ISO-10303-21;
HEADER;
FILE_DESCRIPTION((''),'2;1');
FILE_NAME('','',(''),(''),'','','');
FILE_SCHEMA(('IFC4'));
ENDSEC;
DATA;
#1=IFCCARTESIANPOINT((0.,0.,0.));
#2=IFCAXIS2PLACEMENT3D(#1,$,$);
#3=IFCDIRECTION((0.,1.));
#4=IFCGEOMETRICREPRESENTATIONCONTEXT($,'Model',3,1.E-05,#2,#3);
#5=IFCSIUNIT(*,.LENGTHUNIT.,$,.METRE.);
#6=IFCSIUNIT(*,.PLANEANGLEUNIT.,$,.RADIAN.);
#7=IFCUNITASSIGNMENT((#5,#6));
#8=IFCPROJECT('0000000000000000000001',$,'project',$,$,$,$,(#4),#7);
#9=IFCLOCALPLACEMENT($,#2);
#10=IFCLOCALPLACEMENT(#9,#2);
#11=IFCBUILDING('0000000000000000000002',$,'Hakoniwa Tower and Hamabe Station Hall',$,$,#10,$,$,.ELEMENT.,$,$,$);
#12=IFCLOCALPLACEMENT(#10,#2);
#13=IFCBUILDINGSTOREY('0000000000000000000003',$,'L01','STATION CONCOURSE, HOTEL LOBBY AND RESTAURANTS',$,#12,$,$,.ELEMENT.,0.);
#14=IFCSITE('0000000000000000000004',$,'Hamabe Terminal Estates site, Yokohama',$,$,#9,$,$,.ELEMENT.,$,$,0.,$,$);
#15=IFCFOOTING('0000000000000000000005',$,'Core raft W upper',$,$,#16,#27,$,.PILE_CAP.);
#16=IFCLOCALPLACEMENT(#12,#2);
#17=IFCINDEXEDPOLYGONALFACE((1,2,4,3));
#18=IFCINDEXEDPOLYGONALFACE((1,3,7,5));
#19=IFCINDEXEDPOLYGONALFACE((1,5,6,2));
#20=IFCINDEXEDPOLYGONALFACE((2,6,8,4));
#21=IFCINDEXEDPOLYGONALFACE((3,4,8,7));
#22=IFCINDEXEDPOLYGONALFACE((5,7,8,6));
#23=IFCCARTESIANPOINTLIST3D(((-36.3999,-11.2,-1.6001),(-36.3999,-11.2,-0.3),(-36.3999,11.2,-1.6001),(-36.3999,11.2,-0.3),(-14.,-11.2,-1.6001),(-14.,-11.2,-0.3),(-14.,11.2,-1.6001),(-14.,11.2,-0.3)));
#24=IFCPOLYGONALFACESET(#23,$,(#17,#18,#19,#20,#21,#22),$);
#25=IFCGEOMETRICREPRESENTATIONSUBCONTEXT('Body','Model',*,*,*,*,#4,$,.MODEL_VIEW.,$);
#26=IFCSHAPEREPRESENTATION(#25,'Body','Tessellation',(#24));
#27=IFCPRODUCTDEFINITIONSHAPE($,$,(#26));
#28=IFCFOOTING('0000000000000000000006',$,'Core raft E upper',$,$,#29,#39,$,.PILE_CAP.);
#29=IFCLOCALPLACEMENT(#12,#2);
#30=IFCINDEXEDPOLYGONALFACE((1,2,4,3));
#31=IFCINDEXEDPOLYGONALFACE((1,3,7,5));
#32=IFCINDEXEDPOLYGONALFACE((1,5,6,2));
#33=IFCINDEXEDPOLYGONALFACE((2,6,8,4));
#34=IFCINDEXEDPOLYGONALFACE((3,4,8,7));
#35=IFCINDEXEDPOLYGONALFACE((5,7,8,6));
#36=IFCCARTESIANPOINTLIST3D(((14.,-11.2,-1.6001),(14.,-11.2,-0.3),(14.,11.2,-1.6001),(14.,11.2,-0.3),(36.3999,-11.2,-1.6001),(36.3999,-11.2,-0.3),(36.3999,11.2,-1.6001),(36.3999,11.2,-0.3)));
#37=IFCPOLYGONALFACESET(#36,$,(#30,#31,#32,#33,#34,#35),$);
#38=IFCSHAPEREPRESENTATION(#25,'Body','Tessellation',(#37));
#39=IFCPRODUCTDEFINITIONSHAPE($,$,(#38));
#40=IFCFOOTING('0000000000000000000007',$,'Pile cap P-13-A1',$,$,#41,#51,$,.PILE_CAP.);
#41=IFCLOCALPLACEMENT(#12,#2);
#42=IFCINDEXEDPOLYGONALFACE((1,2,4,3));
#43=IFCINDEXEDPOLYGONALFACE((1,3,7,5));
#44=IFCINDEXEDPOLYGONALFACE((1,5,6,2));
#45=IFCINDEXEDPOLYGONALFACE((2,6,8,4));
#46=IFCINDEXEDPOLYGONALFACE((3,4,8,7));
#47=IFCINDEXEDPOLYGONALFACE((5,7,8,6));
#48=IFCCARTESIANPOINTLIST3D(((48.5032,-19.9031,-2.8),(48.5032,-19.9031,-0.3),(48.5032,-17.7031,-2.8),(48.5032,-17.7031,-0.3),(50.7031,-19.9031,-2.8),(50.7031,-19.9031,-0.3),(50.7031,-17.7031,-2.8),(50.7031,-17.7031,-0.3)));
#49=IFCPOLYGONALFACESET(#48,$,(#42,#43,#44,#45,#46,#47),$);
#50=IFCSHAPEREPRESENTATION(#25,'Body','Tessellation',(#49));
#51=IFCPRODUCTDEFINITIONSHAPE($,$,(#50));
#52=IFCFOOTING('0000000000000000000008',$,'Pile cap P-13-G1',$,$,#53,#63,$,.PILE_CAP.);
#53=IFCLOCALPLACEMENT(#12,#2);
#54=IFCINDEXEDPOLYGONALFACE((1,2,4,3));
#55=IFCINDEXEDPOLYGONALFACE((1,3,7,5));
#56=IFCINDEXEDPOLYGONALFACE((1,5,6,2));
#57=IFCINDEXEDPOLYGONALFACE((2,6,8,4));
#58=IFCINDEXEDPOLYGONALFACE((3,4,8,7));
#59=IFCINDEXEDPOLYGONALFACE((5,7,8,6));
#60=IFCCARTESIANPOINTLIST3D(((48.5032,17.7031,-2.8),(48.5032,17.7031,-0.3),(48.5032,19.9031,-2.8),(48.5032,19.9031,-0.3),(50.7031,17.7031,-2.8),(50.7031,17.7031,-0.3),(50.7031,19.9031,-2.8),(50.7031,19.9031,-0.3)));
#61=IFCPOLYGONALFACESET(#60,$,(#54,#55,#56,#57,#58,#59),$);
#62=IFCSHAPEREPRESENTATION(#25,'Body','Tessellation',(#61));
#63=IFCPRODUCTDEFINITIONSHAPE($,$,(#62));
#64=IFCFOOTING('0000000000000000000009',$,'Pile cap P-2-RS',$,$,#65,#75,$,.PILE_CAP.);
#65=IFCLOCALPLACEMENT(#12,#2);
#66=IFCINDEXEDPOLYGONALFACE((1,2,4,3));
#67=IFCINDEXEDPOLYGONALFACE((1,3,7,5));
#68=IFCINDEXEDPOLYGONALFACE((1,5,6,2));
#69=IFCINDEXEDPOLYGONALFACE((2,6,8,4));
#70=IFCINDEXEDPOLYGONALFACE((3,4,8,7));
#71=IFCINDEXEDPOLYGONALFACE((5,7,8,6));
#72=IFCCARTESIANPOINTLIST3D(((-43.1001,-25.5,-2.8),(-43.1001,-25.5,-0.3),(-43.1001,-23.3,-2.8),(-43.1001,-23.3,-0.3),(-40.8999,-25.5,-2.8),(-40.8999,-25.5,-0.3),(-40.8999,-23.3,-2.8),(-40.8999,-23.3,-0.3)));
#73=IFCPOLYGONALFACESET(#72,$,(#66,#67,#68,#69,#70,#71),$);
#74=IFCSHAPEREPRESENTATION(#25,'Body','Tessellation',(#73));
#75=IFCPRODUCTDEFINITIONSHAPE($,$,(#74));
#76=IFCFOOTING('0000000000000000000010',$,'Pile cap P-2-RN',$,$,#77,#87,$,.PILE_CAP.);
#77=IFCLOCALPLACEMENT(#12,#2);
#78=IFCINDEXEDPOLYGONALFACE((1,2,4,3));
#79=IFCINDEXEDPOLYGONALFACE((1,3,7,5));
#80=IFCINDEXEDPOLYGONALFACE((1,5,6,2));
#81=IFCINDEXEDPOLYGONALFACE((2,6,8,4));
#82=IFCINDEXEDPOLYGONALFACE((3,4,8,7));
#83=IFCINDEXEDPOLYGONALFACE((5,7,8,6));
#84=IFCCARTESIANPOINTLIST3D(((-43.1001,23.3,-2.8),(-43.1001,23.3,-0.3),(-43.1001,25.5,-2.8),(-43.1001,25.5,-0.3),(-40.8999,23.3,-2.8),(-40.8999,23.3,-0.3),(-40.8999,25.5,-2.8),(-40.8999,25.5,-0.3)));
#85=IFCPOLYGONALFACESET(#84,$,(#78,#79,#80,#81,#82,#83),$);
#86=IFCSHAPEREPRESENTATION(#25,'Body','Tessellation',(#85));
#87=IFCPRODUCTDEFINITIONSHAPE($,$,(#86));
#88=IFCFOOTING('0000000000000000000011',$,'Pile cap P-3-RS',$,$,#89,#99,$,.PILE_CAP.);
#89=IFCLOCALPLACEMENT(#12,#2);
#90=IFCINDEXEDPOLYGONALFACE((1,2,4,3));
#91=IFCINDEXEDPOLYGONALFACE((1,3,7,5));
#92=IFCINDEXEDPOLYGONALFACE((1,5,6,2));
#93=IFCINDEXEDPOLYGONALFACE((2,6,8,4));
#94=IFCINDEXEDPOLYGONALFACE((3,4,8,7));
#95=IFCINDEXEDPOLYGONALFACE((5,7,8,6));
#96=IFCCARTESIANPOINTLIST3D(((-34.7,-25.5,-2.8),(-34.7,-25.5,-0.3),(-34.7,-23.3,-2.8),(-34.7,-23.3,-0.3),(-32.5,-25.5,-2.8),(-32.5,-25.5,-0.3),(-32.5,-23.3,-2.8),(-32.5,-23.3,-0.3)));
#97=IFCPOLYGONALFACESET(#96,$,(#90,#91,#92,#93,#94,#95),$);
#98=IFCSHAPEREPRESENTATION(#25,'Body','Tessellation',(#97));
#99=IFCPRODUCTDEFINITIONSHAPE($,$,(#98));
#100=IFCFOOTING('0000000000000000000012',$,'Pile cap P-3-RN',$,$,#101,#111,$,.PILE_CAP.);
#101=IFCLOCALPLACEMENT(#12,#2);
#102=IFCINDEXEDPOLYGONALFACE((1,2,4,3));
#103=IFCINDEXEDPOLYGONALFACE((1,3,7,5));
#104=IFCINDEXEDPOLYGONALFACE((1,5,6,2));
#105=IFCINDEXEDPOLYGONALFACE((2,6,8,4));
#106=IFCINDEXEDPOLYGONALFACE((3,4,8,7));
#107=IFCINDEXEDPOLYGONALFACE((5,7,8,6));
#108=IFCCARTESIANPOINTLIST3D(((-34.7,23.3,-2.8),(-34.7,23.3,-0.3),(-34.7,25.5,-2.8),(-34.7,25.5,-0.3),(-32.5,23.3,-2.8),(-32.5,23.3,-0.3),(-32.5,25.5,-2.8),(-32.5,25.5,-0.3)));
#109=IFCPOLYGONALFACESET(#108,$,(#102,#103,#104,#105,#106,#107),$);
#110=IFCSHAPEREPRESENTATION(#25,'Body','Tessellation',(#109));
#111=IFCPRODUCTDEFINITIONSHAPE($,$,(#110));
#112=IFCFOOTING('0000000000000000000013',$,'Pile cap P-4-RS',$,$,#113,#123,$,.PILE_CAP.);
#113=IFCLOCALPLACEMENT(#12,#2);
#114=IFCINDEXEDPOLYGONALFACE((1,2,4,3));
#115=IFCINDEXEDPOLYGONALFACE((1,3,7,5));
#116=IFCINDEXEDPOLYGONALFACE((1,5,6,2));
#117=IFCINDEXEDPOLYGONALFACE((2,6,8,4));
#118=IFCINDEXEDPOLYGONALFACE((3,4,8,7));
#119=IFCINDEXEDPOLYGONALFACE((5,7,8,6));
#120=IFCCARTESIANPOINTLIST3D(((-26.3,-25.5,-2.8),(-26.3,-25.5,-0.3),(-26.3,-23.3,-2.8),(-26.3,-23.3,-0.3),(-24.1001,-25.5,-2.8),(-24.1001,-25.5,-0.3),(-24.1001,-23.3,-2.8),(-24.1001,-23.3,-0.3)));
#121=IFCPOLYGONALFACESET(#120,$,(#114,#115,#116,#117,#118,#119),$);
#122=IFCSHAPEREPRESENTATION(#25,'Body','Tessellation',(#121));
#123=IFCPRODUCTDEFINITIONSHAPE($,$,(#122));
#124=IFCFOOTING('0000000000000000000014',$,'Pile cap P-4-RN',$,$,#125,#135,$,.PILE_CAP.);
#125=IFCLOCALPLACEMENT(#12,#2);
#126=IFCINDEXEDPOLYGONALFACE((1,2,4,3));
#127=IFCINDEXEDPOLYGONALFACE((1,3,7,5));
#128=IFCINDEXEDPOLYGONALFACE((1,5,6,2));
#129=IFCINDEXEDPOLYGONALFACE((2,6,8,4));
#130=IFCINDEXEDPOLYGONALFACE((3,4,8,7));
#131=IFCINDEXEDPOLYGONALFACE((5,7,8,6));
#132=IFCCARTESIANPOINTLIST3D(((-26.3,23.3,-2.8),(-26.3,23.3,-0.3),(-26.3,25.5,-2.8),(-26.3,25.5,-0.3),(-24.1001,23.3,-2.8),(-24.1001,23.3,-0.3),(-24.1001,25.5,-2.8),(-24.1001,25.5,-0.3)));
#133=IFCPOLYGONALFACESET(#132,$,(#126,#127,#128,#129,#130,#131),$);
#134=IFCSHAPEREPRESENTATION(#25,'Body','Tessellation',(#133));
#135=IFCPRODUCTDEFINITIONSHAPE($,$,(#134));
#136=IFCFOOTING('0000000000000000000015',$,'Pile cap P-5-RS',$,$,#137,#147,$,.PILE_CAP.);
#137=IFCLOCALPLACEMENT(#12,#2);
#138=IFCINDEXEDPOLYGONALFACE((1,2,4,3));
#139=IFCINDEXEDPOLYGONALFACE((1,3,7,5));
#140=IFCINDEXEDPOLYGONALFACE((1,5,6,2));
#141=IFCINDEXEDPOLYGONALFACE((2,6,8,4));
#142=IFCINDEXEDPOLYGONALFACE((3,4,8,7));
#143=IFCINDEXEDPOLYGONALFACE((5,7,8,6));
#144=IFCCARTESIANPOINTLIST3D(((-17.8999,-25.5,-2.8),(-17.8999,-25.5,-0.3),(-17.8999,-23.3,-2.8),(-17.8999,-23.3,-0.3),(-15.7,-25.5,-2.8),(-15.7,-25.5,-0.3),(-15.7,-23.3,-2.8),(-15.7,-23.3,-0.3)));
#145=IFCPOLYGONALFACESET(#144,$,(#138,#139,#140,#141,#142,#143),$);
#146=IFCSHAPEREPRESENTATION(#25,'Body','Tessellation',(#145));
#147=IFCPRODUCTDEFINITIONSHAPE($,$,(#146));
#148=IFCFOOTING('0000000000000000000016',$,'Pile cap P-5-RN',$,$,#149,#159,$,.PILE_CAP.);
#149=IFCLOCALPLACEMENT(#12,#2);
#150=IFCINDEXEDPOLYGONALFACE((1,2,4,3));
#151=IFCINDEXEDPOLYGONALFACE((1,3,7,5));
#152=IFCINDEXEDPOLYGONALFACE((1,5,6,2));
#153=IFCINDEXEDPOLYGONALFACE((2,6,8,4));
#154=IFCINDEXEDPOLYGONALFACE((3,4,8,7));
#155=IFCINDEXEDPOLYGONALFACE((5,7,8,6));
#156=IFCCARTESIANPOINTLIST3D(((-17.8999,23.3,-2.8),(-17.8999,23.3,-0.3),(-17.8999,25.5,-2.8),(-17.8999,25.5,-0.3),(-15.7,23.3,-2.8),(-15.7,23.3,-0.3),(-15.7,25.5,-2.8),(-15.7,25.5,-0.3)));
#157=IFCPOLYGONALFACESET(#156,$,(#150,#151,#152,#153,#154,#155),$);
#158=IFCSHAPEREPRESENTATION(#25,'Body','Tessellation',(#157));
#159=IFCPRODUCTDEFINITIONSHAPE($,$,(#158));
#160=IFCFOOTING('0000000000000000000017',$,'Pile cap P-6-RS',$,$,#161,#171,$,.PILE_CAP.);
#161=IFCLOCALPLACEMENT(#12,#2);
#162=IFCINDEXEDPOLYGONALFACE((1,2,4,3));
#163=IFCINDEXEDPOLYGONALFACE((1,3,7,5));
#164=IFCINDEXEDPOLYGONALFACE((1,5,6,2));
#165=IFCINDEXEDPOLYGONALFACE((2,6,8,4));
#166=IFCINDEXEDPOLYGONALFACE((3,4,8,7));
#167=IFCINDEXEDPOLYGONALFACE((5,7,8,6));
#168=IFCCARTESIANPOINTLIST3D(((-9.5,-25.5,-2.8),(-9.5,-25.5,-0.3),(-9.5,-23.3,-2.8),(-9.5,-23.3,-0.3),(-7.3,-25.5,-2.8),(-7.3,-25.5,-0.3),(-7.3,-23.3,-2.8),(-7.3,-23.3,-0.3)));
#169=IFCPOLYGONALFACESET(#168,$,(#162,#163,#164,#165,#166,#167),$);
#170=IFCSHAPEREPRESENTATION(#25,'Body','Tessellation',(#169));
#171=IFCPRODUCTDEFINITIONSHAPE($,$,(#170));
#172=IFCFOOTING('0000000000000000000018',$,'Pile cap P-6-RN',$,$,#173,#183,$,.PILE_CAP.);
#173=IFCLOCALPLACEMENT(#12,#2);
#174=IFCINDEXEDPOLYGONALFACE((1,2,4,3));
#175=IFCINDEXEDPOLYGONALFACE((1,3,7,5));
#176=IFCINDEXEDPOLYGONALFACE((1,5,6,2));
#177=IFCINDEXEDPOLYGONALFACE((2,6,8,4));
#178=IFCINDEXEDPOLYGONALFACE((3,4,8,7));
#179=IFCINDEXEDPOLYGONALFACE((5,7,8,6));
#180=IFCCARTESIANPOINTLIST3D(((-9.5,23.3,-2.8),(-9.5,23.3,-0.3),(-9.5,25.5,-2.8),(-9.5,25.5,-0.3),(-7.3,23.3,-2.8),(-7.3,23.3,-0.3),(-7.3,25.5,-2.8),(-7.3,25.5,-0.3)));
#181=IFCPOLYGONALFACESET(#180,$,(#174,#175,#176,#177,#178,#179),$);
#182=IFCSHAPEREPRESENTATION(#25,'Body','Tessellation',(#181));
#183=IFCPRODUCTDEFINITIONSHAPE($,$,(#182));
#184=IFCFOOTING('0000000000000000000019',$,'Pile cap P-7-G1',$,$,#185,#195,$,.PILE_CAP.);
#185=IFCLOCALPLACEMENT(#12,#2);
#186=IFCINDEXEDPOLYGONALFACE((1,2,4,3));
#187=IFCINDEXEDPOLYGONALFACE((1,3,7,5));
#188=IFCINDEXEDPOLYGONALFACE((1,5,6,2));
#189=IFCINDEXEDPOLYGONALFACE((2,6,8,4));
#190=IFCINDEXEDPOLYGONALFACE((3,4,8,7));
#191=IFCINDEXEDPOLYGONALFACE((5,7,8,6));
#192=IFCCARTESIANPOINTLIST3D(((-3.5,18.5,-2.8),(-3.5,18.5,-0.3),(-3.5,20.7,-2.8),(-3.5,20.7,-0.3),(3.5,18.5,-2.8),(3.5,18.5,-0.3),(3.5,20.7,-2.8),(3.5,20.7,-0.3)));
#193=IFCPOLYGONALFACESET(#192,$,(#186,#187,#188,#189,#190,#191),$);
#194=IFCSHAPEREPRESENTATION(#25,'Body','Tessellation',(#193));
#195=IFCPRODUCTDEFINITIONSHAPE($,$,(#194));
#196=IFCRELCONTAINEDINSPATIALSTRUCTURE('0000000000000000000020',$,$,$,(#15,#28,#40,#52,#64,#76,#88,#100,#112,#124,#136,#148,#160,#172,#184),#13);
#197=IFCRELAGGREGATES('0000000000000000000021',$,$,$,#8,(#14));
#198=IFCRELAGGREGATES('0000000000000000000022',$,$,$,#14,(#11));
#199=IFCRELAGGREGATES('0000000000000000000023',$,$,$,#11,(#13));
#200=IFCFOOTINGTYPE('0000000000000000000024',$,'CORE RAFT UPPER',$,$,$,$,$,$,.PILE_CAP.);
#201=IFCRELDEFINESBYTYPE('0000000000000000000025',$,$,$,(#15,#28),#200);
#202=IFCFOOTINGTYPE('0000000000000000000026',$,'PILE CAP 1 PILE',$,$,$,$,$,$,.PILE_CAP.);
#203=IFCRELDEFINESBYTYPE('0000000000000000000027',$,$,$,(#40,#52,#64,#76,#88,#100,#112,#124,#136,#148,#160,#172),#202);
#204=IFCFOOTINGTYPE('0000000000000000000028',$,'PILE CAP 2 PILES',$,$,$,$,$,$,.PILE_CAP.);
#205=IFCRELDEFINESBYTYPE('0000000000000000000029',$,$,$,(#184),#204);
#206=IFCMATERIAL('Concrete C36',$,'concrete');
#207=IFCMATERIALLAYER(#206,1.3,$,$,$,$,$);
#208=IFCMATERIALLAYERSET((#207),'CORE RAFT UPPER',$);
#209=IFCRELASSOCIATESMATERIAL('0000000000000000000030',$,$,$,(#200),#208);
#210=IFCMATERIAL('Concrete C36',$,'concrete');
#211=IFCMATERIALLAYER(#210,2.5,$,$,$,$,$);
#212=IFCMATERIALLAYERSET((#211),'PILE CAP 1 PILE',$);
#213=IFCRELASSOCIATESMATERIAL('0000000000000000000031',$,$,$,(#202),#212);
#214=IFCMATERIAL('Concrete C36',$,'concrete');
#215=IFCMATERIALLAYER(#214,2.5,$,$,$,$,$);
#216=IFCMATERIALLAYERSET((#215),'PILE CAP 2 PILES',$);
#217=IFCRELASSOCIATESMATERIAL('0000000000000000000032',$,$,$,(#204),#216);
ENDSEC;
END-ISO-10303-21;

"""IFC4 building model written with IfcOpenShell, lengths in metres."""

from ifc_helpers import new_model, si_unit, direction, frame, origin, place, context, subcontext, project, spatial, polyline, outline, extrude, material, layer, layer_set, type_object, element, save


model = new_model("IFC4")

# Units and contexts
model_context = context("Model", 3, precision=1e-05, world=origin(), true_north=direction((0.0, 1.0)))
body_context = subcontext(model_context, "Body", "Model", "MODEL_VIEW")
ifc_project = project(units=[si_unit("LENGTHUNIT", "METRE"), si_unit("PLANEANGLEUNIT", "RADIAN")], contexts=[model_context])

# Site, building, storey
site_placement = place(None, origin())
site = spatial("IfcSite", under=ifc_project, at=site_placement, Name="Hamabe Terminal Estates site, Yokohama", CompositionType="ELEMENT", RefElevation=0.0)
building_placement = place(site_placement, origin())
building = spatial("IfcBuilding", under=site, at=building_placement, Name="Hakoniwa Tower and Hamabe Station Hall", CompositionType="ELEMENT")
storey_placement = place(building_placement, origin())
storey = spatial("IfcBuildingStorey", under=building, at=storey_placement, Name="L01", Description="STATION CONCOURSE, HOTEL LOBBY AND RESTAURANTS", CompositionType="ELEMENT", Elevation=0.0)

# Footings
ifc_material_1 = material(Name="Concrete C36", Category="concrete")
ifc_layer_1 = layer(ifc_material_1, 1.3)
ifc_layer_set_1 = layer_set([ifc_layer_1], Name="CORE RAFT UPPER")
footing_type_1 = type_object("IfcFootingType", Name="CORE RAFT UPPER", PredefinedType="PILE_CAP", material=ifc_layer_set_1)
footing_1_placement = place(storey_placement, frame((0.0, 0.0, -1.6001)))
element("IfcFooting", 1, at=footing_1_placement, inside=storey, type_object=footing_type_1, Name="Core raft W upper", PredefinedType="PILE_CAP", context=body_context, shape_type="SweptSolid", body=[
    extrude(outline(polyline([(-14.0, -11.2), (-14.0, 11.2), (-36.3999, 11.2), (-36.3999, -11.2), (-14.0, -11.2)])), origin(), (0.0, 0.0, 1.0), 1.3),
])
footing_2_placement = place(storey_placement, frame((0.0, 0.0, -1.6001)))
element("IfcFooting", 2, at=footing_2_placement, inside=storey, type_object=footing_type_1, Name="Core raft E upper", PredefinedType="PILE_CAP", context=body_context, shape_type="SweptSolid", body=[
    extrude(outline(polyline([(36.3999, -11.2), (36.3999, 11.2), (14.0, 11.2), (14.0, -11.2), (36.3999, -11.2)])), origin(), (0.0, 0.0, 1.0), 1.3),
])
ifc_material_2 = material(Name="Concrete C36", Category="concrete")
ifc_layer_2 = layer(ifc_material_2, 2.5)
ifc_layer_set_2 = layer_set([ifc_layer_2], Name="PILE CAP 1 PILE")
footing_type_2 = type_object("IfcFootingType", Name="PILE CAP 1 PILE", PredefinedType="PILE_CAP", material=ifc_layer_set_2)
footing_3_placement = place(storey_placement, frame((0.0, 0.0, -2.8)))
element("IfcFooting", 3, at=footing_3_placement, inside=storey, type_object=footing_type_2, Name="Pile cap P-13-A1", PredefinedType="PILE_CAP", context=body_context, shape_type="SweptSolid", body=[
    extrude(outline(polyline([(50.7031, -19.9031), (50.7031, -17.7031), (48.5032, -17.7031), (48.5032, -19.9031), (50.7031, -19.9031)])), origin(), (0.0, 0.0, 1.0), 2.5),
])
footing_4_placement = place(storey_placement, frame((0.0, 0.0, -2.8)))
element("IfcFooting", 4, at=footing_4_placement, inside=storey, type_object=footing_type_2, Name="Pile cap P-13-G1", PredefinedType="PILE_CAP", context=body_context, shape_type="SweptSolid", body=[
    extrude(outline(polyline([(50.7031, 17.7031), (50.7031, 19.9031), (48.5032, 19.9031), (48.5032, 17.7031), (50.7031, 17.7031)])), origin(), (0.0, 0.0, 1.0), 2.5),
])
footing_5_placement = place(storey_placement, frame((0.0, 0.0, -2.8)))
element("IfcFooting", 5, at=footing_5_placement, inside=storey, type_object=footing_type_2, Name="Pile cap P-2-RS", PredefinedType="PILE_CAP", context=body_context, shape_type="SweptSolid", body=[
    extrude(outline(polyline([(-40.8999, -25.5), (-40.8999, -23.3), (-43.1001, -23.3), (-43.1001, -25.5), (-40.8999, -25.5)])), origin(), (0.0, 0.0, 1.0), 2.5),
])
footing_6_placement = place(storey_placement, frame((0.0, 0.0, -2.8)))
element("IfcFooting", 6, at=footing_6_placement, inside=storey, type_object=footing_type_2, Name="Pile cap P-2-RN", PredefinedType="PILE_CAP", context=body_context, shape_type="SweptSolid", body=[
    extrude(outline(polyline([(-40.8999, 23.3), (-40.8999, 25.5), (-43.1001, 25.5), (-43.1001, 23.3), (-40.8999, 23.3)])), origin(), (0.0, 0.0, 1.0), 2.5),
])
footing_7_placement = place(storey_placement, frame((0.0, 0.0, -2.8)))
element("IfcFooting", 7, at=footing_7_placement, inside=storey, type_object=footing_type_2, Name="Pile cap P-3-RS", PredefinedType="PILE_CAP", context=body_context, shape_type="SweptSolid", body=[
    extrude(outline(polyline([(-32.5, -25.5), (-32.5, -23.3), (-34.7, -23.3), (-34.7, -25.5), (-32.5, -25.5)])), origin(), (0.0, 0.0, 1.0), 2.5),
])
footing_8_placement = place(storey_placement, frame((0.0, 0.0, -2.8)))
element("IfcFooting", 8, at=footing_8_placement, inside=storey, type_object=footing_type_2, Name="Pile cap P-3-RN", PredefinedType="PILE_CAP", context=body_context, shape_type="SweptSolid", body=[
    extrude(outline(polyline([(-32.5, 23.3), (-32.5, 25.5), (-34.7, 25.5), (-34.7, 23.3), (-32.5, 23.3)])), origin(), (0.0, 0.0, 1.0), 2.5),
])
footing_9_placement = place(storey_placement, frame((0.0, 0.0, -2.8)))
element("IfcFooting", 9, at=footing_9_placement, inside=storey, type_object=footing_type_2, Name="Pile cap P-4-RS", PredefinedType="PILE_CAP", context=body_context, shape_type="SweptSolid", body=[
    extrude(outline(polyline([(-24.1001, -25.5), (-24.1001, -23.3), (-26.3, -23.3), (-26.3, -25.5), (-24.1001, -25.5)])), origin(), (0.0, 0.0, 1.0), 2.5),
])
footing_10_placement = place(storey_placement, frame((0.0, 0.0, -2.8)))
element("IfcFooting", 10, at=footing_10_placement, inside=storey, type_object=footing_type_2, Name="Pile cap P-4-RN", PredefinedType="PILE_CAP", context=body_context, shape_type="SweptSolid", body=[
    extrude(outline(polyline([(-24.1001, 23.3), (-24.1001, 25.5), (-26.3, 25.5), (-26.3, 23.3), (-24.1001, 23.3)])), origin(), (0.0, 0.0, 1.0), 2.5),
])
footing_11_placement = place(storey_placement, frame((0.0, 0.0, -2.8)))
element("IfcFooting", 11, at=footing_11_placement, inside=storey, type_object=footing_type_2, Name="Pile cap P-5-RS", PredefinedType="PILE_CAP", context=body_context, shape_type="SweptSolid", body=[
    extrude(outline(polyline([(-15.7, -25.5), (-15.7, -23.3), (-17.8999, -23.3), (-17.8999, -25.5), (-15.7, -25.5)])), origin(), (0.0, 0.0, 1.0), 2.5),
])
footing_12_placement = place(storey_placement, frame((0.0, 0.0, -2.8)))
element("IfcFooting", 12, at=footing_12_placement, inside=storey, type_object=footing_type_2, Name="Pile cap P-5-RN", PredefinedType="PILE_CAP", context=body_context, shape_type="SweptSolid", body=[
    extrude(outline(polyline([(-15.7, 23.3), (-15.7, 25.5), (-17.8999, 25.5), (-17.8999, 23.3), (-15.7, 23.3)])), origin(), (0.0, 0.0, 1.0), 2.5),
])
footing_13_placement = place(storey_placement, frame((0.0, 0.0, -2.8)))
element("IfcFooting", 13, at=footing_13_placement, inside=storey, type_object=footing_type_2, Name="Pile cap P-6-RS", PredefinedType="PILE_CAP", context=body_context, shape_type="SweptSolid", body=[
    extrude(outline(polyline([(-7.3, -25.5), (-7.3, -23.3), (-9.5, -23.3), (-9.5, -25.5), (-7.3, -25.5)])), origin(), (0.0, 0.0, 1.0), 2.5),
])
footing_14_placement = place(storey_placement, frame((0.0, 0.0, -2.8)))
element("IfcFooting", 14, at=footing_14_placement, inside=storey, type_object=footing_type_2, Name="Pile cap P-6-RN", PredefinedType="PILE_CAP", context=body_context, shape_type="SweptSolid", body=[
    extrude(outline(polyline([(-7.3, 23.3), (-7.3, 25.5), (-9.5, 25.5), (-9.5, 23.3), (-7.3, 23.3)])), origin(), (0.0, 0.0, 1.0), 2.5),
])
ifc_material_3 = material(Name="Concrete C36", Category="concrete")
ifc_layer_3 = layer(ifc_material_3, 2.5)
ifc_layer_set_3 = layer_set([ifc_layer_3], Name="PILE CAP 2 PILES")
footing_type_3 = type_object("IfcFootingType", Name="PILE CAP 2 PILES", PredefinedType="PILE_CAP", material=ifc_layer_set_3)
footing_15_placement = place(storey_placement, frame((0.0, 0.0, -2.8)))
element("IfcFooting", 15, at=footing_15_placement, inside=storey, type_object=footing_type_3, Name="Pile cap P-7-G1", PredefinedType="PILE_CAP", context=body_context, shape_type="SweptSolid", body=[
    extrude(outline(polyline([(3.5, 18.5), (3.5, 20.7), (-3.5, 20.7), (-3.5, 18.5), (3.5, 18.5)])), origin(), (0.0, 0.0, 1.0), 2.5),
])

save(model, "model.ifc")
